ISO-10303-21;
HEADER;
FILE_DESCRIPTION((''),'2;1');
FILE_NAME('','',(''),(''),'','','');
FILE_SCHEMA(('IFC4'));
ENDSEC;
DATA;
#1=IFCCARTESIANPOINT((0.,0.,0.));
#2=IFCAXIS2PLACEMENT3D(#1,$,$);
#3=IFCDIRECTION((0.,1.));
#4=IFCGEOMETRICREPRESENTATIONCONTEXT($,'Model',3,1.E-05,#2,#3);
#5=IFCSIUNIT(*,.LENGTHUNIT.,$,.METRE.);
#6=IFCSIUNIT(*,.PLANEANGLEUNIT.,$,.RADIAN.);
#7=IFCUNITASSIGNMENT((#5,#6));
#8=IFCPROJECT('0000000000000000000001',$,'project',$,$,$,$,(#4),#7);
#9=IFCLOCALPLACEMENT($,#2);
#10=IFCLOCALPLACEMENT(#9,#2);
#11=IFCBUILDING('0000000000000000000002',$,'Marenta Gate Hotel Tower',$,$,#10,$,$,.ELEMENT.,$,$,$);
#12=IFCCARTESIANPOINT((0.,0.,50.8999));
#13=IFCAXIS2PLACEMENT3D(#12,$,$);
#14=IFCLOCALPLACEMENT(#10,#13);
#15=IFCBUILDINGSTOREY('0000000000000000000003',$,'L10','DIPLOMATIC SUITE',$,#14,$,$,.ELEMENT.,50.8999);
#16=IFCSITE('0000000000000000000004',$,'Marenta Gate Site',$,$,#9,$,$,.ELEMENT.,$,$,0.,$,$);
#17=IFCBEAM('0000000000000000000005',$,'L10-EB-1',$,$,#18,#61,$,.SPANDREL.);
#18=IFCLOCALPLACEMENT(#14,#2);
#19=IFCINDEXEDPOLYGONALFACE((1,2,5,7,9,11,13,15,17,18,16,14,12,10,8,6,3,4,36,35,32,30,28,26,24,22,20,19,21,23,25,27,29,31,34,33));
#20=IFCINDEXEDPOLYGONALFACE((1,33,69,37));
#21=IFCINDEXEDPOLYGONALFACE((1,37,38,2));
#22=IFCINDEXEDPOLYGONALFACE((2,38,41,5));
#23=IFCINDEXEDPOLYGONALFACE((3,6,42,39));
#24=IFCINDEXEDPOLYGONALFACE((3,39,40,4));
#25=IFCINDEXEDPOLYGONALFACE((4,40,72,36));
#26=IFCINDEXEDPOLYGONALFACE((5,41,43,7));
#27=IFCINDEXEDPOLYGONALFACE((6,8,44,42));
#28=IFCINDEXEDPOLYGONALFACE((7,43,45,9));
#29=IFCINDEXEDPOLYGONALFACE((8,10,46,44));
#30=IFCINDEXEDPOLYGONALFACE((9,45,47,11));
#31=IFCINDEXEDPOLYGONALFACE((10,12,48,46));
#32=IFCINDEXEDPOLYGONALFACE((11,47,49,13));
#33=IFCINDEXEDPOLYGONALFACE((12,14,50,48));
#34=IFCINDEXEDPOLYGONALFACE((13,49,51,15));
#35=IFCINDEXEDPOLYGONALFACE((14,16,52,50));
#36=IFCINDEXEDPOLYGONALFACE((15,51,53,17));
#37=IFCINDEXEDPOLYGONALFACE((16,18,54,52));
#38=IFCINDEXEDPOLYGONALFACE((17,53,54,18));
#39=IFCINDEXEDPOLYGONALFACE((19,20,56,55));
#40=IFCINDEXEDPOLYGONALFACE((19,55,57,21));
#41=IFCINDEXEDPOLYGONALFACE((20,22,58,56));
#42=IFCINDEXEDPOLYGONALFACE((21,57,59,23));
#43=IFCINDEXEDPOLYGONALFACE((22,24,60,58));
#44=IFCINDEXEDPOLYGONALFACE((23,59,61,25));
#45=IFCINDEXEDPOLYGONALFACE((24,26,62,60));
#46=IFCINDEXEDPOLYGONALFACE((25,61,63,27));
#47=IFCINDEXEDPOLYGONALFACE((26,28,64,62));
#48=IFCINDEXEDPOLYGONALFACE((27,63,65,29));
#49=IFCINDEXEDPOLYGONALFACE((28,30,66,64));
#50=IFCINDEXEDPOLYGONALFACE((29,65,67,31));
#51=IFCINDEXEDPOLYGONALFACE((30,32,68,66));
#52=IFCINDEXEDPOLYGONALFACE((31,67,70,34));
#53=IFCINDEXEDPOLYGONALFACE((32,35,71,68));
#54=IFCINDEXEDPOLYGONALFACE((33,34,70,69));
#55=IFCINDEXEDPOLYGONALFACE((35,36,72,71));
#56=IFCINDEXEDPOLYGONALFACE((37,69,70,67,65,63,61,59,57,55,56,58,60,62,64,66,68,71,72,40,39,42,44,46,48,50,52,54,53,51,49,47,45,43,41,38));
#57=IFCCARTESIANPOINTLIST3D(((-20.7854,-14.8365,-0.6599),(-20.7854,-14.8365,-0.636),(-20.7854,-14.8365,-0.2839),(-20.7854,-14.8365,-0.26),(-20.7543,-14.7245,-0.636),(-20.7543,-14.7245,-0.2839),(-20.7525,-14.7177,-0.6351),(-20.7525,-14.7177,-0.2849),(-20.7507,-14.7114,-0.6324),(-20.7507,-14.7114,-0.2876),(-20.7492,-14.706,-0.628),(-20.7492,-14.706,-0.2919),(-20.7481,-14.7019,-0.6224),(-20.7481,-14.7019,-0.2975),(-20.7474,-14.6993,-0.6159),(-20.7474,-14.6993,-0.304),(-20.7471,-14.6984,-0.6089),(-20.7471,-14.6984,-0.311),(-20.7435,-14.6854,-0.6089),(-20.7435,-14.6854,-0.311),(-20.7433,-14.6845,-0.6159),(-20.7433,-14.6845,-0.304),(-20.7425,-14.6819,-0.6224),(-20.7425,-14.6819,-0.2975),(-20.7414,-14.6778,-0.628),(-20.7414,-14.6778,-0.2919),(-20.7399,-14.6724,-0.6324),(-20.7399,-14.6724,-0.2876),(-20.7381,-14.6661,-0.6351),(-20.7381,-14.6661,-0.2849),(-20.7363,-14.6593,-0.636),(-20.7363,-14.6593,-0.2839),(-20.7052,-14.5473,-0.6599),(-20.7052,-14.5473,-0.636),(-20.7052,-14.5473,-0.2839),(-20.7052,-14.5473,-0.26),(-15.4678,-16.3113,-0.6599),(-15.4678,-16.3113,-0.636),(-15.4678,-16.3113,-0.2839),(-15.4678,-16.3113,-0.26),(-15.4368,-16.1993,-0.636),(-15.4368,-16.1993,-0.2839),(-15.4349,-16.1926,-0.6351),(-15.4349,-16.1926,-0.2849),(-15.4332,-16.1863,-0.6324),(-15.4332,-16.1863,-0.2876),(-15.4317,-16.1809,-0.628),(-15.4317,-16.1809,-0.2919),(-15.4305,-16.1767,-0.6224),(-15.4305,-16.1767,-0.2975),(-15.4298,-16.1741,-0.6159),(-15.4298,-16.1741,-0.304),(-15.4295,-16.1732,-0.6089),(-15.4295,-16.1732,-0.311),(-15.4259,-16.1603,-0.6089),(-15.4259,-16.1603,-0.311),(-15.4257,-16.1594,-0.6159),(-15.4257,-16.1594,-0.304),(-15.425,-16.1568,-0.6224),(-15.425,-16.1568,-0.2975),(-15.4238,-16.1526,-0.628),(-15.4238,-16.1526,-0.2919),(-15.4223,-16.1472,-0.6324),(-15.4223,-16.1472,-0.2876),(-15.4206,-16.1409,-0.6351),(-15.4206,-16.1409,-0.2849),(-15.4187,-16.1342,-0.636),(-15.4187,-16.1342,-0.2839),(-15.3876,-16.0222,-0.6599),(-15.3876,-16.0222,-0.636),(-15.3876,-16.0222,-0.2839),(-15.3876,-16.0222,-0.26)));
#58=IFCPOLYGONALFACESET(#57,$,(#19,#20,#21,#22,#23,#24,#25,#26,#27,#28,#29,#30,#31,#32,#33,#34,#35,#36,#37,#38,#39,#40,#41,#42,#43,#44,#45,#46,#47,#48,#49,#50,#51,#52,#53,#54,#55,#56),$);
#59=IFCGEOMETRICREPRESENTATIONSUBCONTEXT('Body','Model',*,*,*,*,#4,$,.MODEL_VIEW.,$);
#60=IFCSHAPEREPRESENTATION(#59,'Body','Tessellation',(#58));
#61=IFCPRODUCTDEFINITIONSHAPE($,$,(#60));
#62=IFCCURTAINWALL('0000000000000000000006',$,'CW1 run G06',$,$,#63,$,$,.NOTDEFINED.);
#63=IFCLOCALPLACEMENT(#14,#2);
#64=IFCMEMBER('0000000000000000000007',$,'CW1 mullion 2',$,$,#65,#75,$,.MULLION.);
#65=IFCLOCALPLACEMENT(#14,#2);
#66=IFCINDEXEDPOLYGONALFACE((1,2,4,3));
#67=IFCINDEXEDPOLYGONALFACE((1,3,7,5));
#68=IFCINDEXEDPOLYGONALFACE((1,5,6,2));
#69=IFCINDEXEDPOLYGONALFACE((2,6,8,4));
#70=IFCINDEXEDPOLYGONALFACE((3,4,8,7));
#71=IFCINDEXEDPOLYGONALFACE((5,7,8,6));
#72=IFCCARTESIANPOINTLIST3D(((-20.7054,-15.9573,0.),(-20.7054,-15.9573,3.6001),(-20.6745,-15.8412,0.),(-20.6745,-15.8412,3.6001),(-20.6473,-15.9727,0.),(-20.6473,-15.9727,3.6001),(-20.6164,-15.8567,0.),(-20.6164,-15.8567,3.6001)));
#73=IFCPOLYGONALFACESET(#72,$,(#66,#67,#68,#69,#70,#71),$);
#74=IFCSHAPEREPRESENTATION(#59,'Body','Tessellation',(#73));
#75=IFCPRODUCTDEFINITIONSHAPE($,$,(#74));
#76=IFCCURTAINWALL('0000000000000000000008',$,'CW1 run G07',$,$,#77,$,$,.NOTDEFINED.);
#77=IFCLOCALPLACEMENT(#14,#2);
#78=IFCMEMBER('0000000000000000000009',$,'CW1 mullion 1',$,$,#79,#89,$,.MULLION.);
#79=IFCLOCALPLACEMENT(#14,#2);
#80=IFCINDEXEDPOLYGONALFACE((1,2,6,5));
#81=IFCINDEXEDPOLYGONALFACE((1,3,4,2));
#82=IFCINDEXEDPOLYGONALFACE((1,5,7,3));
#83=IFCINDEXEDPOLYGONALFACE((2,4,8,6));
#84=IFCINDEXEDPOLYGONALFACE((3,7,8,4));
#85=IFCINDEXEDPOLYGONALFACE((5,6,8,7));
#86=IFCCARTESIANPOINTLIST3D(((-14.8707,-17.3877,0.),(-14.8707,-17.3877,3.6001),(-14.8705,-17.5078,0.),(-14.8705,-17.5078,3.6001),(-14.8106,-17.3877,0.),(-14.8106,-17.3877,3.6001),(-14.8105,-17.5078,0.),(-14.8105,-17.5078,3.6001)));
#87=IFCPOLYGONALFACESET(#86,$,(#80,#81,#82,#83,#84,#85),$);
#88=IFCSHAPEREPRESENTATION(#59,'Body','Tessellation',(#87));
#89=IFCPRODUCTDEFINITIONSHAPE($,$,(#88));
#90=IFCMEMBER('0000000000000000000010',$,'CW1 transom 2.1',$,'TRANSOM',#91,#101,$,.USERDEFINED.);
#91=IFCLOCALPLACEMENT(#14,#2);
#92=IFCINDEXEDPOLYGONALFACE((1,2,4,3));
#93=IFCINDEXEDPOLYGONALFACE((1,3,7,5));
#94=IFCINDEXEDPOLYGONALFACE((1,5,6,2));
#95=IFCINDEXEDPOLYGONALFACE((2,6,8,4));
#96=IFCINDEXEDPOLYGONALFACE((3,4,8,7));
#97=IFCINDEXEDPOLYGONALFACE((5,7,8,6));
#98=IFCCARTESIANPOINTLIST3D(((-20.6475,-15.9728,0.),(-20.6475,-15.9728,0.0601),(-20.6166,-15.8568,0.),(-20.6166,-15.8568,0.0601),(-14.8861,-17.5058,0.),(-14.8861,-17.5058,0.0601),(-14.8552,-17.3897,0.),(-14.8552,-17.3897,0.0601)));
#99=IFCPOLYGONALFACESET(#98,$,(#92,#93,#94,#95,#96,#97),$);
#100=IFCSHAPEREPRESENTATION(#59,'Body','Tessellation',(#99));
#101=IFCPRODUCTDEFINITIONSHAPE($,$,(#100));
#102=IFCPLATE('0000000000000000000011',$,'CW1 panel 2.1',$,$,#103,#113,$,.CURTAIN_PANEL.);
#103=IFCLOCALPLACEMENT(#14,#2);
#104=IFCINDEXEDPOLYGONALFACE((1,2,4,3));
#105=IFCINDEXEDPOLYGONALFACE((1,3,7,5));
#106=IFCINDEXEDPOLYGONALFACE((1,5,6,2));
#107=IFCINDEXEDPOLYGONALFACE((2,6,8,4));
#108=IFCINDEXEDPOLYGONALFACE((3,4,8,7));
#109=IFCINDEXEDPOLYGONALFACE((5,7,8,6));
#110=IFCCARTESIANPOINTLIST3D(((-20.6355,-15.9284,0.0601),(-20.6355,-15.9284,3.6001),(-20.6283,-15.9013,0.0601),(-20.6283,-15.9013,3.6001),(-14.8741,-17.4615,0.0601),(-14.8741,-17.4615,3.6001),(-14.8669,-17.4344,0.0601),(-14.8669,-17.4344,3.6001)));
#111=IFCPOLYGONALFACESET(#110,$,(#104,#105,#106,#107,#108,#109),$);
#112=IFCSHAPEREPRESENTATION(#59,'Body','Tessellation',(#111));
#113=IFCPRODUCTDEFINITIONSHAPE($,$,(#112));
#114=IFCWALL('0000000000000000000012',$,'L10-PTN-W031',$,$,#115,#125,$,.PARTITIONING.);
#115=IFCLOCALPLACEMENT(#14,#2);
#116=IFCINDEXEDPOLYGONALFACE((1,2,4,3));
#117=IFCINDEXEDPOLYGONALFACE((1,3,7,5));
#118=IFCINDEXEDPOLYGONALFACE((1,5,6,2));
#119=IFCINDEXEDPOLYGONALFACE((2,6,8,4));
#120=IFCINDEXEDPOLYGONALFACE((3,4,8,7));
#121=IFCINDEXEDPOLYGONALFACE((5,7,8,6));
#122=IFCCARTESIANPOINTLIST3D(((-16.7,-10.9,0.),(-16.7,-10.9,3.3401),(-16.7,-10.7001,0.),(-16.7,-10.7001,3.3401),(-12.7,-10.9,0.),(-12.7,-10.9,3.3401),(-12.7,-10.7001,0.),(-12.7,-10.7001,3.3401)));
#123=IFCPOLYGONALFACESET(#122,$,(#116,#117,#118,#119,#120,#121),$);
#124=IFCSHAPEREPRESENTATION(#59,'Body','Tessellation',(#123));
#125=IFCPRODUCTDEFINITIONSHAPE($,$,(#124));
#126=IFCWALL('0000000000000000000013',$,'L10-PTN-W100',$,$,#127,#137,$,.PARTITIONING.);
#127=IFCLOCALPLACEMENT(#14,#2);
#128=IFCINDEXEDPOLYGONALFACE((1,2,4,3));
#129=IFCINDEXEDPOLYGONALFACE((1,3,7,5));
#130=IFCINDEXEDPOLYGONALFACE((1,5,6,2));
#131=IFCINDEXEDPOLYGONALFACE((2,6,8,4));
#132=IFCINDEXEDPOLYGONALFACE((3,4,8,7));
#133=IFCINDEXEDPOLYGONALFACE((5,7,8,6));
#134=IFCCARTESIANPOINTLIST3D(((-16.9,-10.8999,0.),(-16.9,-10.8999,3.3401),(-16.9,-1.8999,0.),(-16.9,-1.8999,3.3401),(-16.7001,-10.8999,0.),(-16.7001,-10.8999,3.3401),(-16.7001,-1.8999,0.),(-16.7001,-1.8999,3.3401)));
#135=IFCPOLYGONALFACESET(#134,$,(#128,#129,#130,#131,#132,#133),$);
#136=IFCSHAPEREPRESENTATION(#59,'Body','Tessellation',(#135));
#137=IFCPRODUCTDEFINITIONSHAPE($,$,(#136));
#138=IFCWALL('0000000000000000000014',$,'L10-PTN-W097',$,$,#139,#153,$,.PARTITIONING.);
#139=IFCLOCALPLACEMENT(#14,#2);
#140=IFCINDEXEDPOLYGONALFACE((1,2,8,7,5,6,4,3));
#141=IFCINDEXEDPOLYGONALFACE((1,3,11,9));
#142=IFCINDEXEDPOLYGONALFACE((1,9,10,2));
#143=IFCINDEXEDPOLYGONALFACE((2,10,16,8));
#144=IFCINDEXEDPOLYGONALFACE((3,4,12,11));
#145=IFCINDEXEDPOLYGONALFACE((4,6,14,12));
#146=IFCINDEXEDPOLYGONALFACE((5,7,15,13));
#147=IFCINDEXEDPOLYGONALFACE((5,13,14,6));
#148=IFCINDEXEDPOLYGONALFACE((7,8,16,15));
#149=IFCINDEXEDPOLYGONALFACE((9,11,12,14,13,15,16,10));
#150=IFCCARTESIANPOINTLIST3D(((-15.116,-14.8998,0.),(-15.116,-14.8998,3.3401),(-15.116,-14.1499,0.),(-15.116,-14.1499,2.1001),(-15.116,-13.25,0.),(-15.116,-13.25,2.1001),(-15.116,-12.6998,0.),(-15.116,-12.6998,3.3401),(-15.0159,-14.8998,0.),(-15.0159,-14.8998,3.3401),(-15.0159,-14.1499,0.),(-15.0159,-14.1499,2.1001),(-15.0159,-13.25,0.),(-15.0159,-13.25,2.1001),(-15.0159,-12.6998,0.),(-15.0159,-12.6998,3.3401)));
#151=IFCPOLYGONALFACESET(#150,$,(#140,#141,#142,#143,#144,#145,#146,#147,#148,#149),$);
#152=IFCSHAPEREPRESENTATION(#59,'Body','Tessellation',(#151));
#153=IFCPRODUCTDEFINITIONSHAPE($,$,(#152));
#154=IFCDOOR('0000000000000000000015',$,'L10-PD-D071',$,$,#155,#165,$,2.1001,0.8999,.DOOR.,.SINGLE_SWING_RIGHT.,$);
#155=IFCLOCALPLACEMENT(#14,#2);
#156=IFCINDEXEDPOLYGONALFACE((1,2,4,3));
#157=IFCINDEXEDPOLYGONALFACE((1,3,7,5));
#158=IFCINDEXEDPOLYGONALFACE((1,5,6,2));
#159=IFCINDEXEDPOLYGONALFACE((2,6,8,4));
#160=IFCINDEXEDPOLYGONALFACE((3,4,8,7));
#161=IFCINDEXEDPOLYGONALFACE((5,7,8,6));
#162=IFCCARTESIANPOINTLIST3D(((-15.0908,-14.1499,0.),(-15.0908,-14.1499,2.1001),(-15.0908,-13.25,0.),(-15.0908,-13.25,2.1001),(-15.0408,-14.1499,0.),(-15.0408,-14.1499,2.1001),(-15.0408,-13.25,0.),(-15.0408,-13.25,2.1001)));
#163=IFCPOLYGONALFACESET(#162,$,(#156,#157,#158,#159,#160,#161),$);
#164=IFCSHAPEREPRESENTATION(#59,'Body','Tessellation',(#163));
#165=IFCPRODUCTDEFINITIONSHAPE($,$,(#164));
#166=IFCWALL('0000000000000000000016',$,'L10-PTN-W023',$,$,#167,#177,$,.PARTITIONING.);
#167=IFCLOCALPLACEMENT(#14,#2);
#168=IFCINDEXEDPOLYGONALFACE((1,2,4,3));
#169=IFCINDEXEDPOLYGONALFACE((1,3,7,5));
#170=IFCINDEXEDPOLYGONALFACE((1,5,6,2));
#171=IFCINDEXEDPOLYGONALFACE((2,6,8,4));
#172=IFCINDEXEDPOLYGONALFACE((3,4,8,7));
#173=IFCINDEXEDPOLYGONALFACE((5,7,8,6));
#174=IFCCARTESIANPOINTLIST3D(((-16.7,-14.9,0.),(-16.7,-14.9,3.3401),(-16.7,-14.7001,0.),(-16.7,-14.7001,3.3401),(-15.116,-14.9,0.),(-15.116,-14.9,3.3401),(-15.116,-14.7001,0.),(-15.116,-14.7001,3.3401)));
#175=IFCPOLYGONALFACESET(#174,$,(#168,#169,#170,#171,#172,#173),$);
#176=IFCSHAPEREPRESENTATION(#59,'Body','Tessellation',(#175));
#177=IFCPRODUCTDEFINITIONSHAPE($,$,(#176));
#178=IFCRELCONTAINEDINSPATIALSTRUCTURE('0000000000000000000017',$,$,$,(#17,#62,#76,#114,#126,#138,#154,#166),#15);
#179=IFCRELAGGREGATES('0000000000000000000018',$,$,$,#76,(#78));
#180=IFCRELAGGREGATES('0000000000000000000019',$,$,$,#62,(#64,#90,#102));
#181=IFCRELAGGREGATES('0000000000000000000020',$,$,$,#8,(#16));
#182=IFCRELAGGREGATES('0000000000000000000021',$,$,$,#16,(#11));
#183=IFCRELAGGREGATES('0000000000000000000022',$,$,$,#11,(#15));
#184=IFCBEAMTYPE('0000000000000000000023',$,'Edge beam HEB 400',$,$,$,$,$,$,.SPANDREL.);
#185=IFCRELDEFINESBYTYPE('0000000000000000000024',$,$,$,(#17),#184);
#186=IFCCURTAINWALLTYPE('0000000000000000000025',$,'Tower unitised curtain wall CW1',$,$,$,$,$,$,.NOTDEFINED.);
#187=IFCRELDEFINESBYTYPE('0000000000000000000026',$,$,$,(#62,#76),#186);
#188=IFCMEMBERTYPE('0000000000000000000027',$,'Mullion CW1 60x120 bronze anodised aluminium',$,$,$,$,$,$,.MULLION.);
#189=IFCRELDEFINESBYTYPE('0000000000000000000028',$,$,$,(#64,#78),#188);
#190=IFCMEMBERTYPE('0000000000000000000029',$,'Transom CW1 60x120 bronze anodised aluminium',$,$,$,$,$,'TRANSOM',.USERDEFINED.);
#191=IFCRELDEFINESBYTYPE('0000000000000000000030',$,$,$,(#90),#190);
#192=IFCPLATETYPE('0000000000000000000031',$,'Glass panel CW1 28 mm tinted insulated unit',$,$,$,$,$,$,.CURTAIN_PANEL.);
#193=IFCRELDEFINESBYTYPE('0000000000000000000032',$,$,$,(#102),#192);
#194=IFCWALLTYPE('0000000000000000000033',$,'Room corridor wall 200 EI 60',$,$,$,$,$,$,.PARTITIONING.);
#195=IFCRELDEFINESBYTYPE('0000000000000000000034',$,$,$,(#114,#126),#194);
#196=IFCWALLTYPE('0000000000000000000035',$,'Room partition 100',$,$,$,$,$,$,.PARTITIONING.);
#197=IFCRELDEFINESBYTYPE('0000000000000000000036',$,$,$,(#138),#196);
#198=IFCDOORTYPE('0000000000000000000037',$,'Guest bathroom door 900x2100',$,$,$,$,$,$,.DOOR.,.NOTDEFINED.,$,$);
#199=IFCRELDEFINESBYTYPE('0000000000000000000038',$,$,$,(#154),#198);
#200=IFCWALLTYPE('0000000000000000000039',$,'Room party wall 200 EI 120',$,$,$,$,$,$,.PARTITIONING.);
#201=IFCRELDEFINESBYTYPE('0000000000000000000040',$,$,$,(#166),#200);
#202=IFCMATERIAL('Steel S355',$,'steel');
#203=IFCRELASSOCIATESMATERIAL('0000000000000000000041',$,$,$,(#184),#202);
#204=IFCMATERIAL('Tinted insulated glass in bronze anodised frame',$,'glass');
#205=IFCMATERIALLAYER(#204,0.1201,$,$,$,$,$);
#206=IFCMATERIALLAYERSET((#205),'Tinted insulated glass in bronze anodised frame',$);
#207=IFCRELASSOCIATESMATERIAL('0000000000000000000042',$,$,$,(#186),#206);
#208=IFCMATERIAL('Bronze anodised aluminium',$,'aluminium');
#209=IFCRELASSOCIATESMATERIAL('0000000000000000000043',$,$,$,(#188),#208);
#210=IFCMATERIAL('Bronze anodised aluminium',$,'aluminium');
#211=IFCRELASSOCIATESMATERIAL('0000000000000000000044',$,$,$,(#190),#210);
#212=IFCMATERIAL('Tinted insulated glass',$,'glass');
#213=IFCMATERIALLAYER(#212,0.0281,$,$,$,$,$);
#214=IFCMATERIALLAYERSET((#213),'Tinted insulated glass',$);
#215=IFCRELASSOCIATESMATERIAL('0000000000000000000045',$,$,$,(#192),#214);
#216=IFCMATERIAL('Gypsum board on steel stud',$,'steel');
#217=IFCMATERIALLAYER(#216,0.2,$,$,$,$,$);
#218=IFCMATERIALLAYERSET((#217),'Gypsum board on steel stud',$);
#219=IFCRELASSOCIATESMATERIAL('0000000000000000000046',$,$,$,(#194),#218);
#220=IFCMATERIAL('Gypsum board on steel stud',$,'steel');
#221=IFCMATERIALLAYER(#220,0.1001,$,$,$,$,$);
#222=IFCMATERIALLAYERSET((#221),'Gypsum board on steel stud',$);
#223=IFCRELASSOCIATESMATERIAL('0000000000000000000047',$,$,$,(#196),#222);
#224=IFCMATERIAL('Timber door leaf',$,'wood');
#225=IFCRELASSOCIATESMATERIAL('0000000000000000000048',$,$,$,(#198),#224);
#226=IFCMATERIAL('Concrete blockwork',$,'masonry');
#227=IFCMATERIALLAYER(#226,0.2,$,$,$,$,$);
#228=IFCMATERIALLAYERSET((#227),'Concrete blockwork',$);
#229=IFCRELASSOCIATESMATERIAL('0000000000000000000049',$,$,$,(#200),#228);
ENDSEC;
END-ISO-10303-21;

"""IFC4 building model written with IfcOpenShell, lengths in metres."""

from ifc_helpers import new_model, si_unit, direction, frame, frame_2d, origin, origin_2d, place, context, subcontext, project, spatial, rectangle, i_section, extrude, material, layer, layer_set, material_profile, profile_set, type_object, element, fill, aggregate, save


model = new_model("IFC4")

# Units and contexts
model_context = context("Model", 3, precision=1e-05, world=origin(), true_north=direction((0.0, 1.0)))
body_context = subcontext(model_context, "Body", "Model", "MODEL_VIEW")
ifc_project = project(units=[si_unit("LENGTHUNIT", "METRE"), si_unit("PLANEANGLEUNIT", "RADIAN")], contexts=[model_context])

# Site, building, storey
site_placement = place(None, origin())
site = spatial("IfcSite", under=ifc_project, at=site_placement, Name="Marenta Gate Site", CompositionType="ELEMENT", RefElevation=0.0)
building_placement = place(site_placement, origin())
building = spatial("IfcBuilding", under=site, at=building_placement, Name="Marenta Gate Hotel Tower", CompositionType="ELEMENT")
storey_placement = place(building_placement, frame((0.0, 0.0, 50.8999)))
storey = spatial("IfcBuildingStorey", under=building, at=storey_placement, Name="L10", Description="DIPLOMATIC SUITE", CompositionType="ELEMENT", Elevation=50.8999)

# Beam
ifc_material_1 = material(Name="Steel S355", Category="steel")
ifc_material_profile_1 = material_profile(ifc_material_1, i_section(OverallWidth=0.3, OverallDepth=0.3999, WebThickness=0.0134, FlangeThickness=0.0239, FilletRadius=0.0271, at=origin_2d()), Name="HEB 400")
ifc_profile_set_1 = profile_set([ifc_material_profile_1], Name="Steel S355")
beam_type = type_object("IfcBeamType", Name="Edge beam HEB 400", PredefinedType="SPANDREL", material=ifc_profile_set_1)
beam_placement = place(storey_placement, frame((-15.4277, -16.1667, -0.46), z_axis=(-0.963624, 0.267263, 0.0), x_axis=(-0.267263, -0.963624, 0.0)))
element("IfcBeam", 1, at=beam_placement, inside=storey, type_object=beam_type, Name="L10-EB-1", PredefinedType="SPANDREL", context=body_context, shape_type="SweptSolid", body=[
    extrude(i_section(OverallWidth=0.3, OverallDepth=0.3999, WebThickness=0.0134, FlangeThickness=0.0239, FilletRadius=0.0271, at=origin_2d()), origin(), (0.0, 0.0, 1.0), 5.5183),
])

# Curtain walls, members
ifc_material_2 = material(Name="Tinted insulated glass in bronze anodised frame", Category="glass")
ifc_layer_1 = layer(ifc_material_2, 0.1201)
ifc_layer_set_1 = layer_set([ifc_layer_1], Name="Tinted insulated glass in bronze anodised frame")
curtain_wall_type = type_object("IfcCurtainWallType", Name="Tower unitised curtain wall CW1", PredefinedType="NOTDEFINED", material=ifc_layer_set_1)
curtain_wall_1_placement = place(storey_placement, origin())
curtain_wall_1 = element("IfcCurtainWall", 2, at=curtain_wall_1_placement, inside=storey, type_object=curtain_wall_type, Name="CW1 run G06", PredefinedType="NOTDEFINED")
ifc_material_3 = material(Name="Bronze anodised aluminium", Category="aluminium")
ifc_material_profile_2 = material_profile(ifc_material_3, rectangle(XDim=0.1201, YDim=0.0601, at=origin_2d()), Name="Mullion CW1 60x120 bronze anodised aluminium")
ifc_profile_set_2 = profile_set([ifc_material_profile_2], Name="Bronze anodised aluminium")
member_type_1 = type_object("IfcMemberType", Name="Mullion CW1 60x120 bronze anodised aluminium", PredefinedType="MULLION", material=ifc_profile_set_2)
member_1_placement = place(storey_placement, frame((-20.6609, -15.907, 0.0), z_axis=(0.0, 0.0, 1.0), x_axis=(0.257142, 0.966374, 0.0)))
member_1 = element("IfcMember", 3, at=member_1_placement, type_object=member_type_1, Name="CW1 mullion 2", PredefinedType="MULLION", context=body_context, shape_type="SweptSolid", body=[
    extrude(rectangle(XDim=0.1201, YDim=0.0601, at=origin_2d()), origin(), (0.0, 0.0, 1.0), 3.6001),
])
curtain_wall_2_placement = place(storey_placement, origin())
curtain_wall_2 = element("IfcCurtainWall", 4, at=curtain_wall_2_placement, inside=storey, type_object=curtain_wall_type, Name="CW1 run G07", PredefinedType="NOTDEFINED")
member_2_placement = place(storey_placement, frame((-14.8406, -17.4478, 0.0), z_axis=(0.0, 0.0, 1.0), x_axis=(-0.001162, 0.999999, 0.0)))
member_2 = element("IfcMember", 5, at=member_2_placement, type_object=member_type_1, Name="CW1 mullion 1", PredefinedType="MULLION", context=body_context, shape_type="SweptSolid", body=[
    extrude(rectangle(XDim=0.1201, YDim=0.0601, at=origin_2d()), origin(), (0.0, 0.0, 1.0), 3.6001),
])
aggregate(curtain_wall_2, [member_2])

# Member
ifc_material_4 = material(Name="Bronze anodised aluminium", Category="aluminium")
ifc_material_profile_3 = material_profile(ifc_material_4, rectangle(XDim=0.1201, YDim=0.0601, at=origin_2d()), Name="Transom CW1 60x120 bronze anodised aluminium")
ifc_profile_set_3 = profile_set([ifc_material_profile_3], Name="Bronze anodised aluminium")
member_type_2 = type_object("IfcMemberType", Name="Transom CW1 60x120 bronze anodised aluminium", ElementType="TRANSOM", PredefinedType="USERDEFINED", material=ifc_profile_set_3)
member_3_placement = place(storey_placement, frame((-20.6321, -15.9148, 0.03), z_axis=(0.966378, -0.257125, 0.0), x_axis=(0.257125, 0.966378, 0.0)))
member_3 = element("IfcMember", 6, at=member_3_placement, type_object=member_type_2, Name="CW1 transom 2.1", ObjectType="TRANSOM", PredefinedType="USERDEFINED", context=body_context, shape_type="SweptSolid", body=[
    extrude(rectangle(XDim=0.1201, YDim=0.0601, at=origin_2d()), origin(), (0.0, 0.0, 1.0), 5.9619),
])

# Plate
ifc_material_5 = material(Name="Tinted insulated glass", Category="glass")
ifc_layer_2 = layer(ifc_material_5, 0.0281)
ifc_layer_set_2 = layer_set([ifc_layer_2], Name="Tinted insulated glass")
plate_type = type_object("IfcPlateType", Name="Glass panel CW1 28 mm tinted insulated unit", PredefinedType="CURTAIN_PANEL", material=ifc_layer_set_2)
plate_placement = place(storey_placement, frame((-17.7512, -16.6814, 0.0601), z_axis=(0.0, 0.0, 1.0), x_axis=(0.966374, -0.257142, 0.0)))
plate = element("IfcPlate", 7, at=plate_placement, type_object=plate_type, Name="CW1 panel 2.1", PredefinedType="CURTAIN_PANEL", context=body_context, shape_type="SweptSolid", body=[
    extrude(rectangle(XDim=5.9619, YDim=0.0281, at=origin_2d()), origin(), (0.0, 0.0, 1.0), 3.54),
])
aggregate(curtain_wall_1, [member_1, member_3, plate])

# Shared definitions
ifc_material_6 = material(Name="Gypsum board on steel stud", Category="steel")
ifc_layer_3 = layer(ifc_material_6, 0.2)
ifc_layer_set_3 = layer_set([ifc_layer_3], Name="Gypsum board on steel stud")
wall_type_1 = type_object("IfcWallType", Name="Room corridor wall 200 EI 60", PredefinedType="PARTITIONING", material=ifc_layer_set_3)

# Walls
wall_1_placement = place(storey_placement, frame((-16.7, -10.8, 0.0), z_axis=(0.0, 0.0, 1.0), x_axis=(1.0, 0.0, 0.0)))
element("IfcWall", 8, at=wall_1_placement, inside=storey, type_object=wall_type_1, Name="L10-PTN-W031", PredefinedType="PARTITIONING", context=body_context, shape_type="SweptSolid", body=[
    extrude(rectangle(XDim=4.0, YDim=0.2, at=frame_2d((2.0, 0.0))), origin(), (0.0, 0.0, 1.0), 3.3401),
])
wall_2_placement = place(storey_placement, frame((-16.8, -10.8999, 0.0), z_axis=(0.0, 0.0, 1.0), x_axis=(0.0, 1.0, 0.0)))
element("IfcWall", 9, at=wall_2_placement, inside=storey, type_object=wall_type_1, Name="L10-PTN-W100", PredefinedType="PARTITIONING", context=body_context, shape_type="SweptSolid", body=[
    extrude(rectangle(XDim=9.0, YDim=0.2, at=frame_2d((4.5, 0.0))), origin(), (0.0, 0.0, 1.0), 3.3401),
])

# Wall, opening, door
ifc_material_7 = material(Name="Gypsum board on steel stud", Category="steel")
ifc_layer_4 = layer(ifc_material_7, 0.1001)
ifc_layer_set_4 = layer_set([ifc_layer_4], Name="Gypsum board on steel stud")
wall_type_2 = type_object("IfcWallType", Name="Room partition 100", PredefinedType="PARTITIONING", material=ifc_layer_set_4)
wall_3_placement = place(storey_placement, frame((-15.0659, -14.8999, 0.0), z_axis=(0.0, 0.0, 1.0), x_axis=(0.0, 1.0, 0.0)))
wall_3 = element("IfcWall", 10, at=wall_3_placement, inside=storey, type_object=wall_type_2, Name="L10-PTN-W097", PredefinedType="PARTITIONING", context=body_context, shape_type="SweptSolid", body=[
    extrude(rectangle(XDim=2.2, YDim=0.1001, at=frame_2d((1.1001, 0.0))), origin(), (0.0, 0.0, 1.0), 3.3401),
])
opening_1_placement = place(wall_3_placement, frame((0.75, 0.0, 0.0)))
opening_1 = element("IfcOpeningElement", 11, at=opening_1_placement, cuts=wall_3, PredefinedType="OPENING", context=body_context, shape_type="SweptSolid", body=[
    extrude(rectangle(XDim=0.8999, YDim=2.1001, at=frame_2d((0.45, 1.05))), frame((0.0, 0.05, 0.0), z_axis=(0.0, -1.0, 0.0), x_axis=(1.0, 0.0, 0.0)), (0.0, 0.0, 1.0), 0.1001),
])
ifc_material_8 = material(Name="Timber door leaf", Category="wood")
door_type_1 = type_object("IfcDoorType", Name="Guest bathroom door 900x2100", OperationType="NOTDEFINED", PredefinedType="DOOR", material=ifc_material_8)
door_1_placement = place(opening_1_placement, origin())
door_1 = element("IfcDoor", 12, at=door_1_placement, inside=storey, type_object=door_type_1, Name="L10-PD-D071", OperationType="SINGLE_SWING_RIGHT", OverallHeight=2.1001, OverallWidth=0.8999, PredefinedType="DOOR", context=body_context, shape_type="SweptSolid", body=[
    extrude(rectangle(XDim=0.8999, YDim=2.1001, at=frame_2d((0.45, 1.05))), frame((0.0, 0.0249, 0.0), z_axis=(0.0, -1.0, 0.0), x_axis=(1.0, 0.0, 0.0)), (0.0, 0.0, 1.0), 0.05),
])
fill(opening_1, door_1)

# Wall
ifc_material_9 = material(Name="Concrete blockwork", Category="masonry")
ifc_layer_5 = layer(ifc_material_9, 0.2)
ifc_layer_set_5 = layer_set([ifc_layer_5], Name="Concrete blockwork")
wall_type_3 = type_object("IfcWallType", Name="Room party wall 200 EI 120", PredefinedType="PARTITIONING", material=ifc_layer_set_5)
wall_4_placement = place(storey_placement, frame((-16.7, -14.8, 0.0), z_axis=(0.0, 0.0, 1.0), x_axis=(1.0, 0.0, 0.0)))
element("IfcWall", 13, at=wall_4_placement, inside=storey, type_object=wall_type_3, Name="L10-PTN-W023", PredefinedType="PARTITIONING", context=body_context, shape_type="SweptSolid", body=[
    extrude(rectangle(XDim=1.584, YDim=0.2, at=frame_2d((0.792, 0.0))), origin(), (0.0, 0.0, 1.0), 3.3401),
])

save(model, "model.ifc")
